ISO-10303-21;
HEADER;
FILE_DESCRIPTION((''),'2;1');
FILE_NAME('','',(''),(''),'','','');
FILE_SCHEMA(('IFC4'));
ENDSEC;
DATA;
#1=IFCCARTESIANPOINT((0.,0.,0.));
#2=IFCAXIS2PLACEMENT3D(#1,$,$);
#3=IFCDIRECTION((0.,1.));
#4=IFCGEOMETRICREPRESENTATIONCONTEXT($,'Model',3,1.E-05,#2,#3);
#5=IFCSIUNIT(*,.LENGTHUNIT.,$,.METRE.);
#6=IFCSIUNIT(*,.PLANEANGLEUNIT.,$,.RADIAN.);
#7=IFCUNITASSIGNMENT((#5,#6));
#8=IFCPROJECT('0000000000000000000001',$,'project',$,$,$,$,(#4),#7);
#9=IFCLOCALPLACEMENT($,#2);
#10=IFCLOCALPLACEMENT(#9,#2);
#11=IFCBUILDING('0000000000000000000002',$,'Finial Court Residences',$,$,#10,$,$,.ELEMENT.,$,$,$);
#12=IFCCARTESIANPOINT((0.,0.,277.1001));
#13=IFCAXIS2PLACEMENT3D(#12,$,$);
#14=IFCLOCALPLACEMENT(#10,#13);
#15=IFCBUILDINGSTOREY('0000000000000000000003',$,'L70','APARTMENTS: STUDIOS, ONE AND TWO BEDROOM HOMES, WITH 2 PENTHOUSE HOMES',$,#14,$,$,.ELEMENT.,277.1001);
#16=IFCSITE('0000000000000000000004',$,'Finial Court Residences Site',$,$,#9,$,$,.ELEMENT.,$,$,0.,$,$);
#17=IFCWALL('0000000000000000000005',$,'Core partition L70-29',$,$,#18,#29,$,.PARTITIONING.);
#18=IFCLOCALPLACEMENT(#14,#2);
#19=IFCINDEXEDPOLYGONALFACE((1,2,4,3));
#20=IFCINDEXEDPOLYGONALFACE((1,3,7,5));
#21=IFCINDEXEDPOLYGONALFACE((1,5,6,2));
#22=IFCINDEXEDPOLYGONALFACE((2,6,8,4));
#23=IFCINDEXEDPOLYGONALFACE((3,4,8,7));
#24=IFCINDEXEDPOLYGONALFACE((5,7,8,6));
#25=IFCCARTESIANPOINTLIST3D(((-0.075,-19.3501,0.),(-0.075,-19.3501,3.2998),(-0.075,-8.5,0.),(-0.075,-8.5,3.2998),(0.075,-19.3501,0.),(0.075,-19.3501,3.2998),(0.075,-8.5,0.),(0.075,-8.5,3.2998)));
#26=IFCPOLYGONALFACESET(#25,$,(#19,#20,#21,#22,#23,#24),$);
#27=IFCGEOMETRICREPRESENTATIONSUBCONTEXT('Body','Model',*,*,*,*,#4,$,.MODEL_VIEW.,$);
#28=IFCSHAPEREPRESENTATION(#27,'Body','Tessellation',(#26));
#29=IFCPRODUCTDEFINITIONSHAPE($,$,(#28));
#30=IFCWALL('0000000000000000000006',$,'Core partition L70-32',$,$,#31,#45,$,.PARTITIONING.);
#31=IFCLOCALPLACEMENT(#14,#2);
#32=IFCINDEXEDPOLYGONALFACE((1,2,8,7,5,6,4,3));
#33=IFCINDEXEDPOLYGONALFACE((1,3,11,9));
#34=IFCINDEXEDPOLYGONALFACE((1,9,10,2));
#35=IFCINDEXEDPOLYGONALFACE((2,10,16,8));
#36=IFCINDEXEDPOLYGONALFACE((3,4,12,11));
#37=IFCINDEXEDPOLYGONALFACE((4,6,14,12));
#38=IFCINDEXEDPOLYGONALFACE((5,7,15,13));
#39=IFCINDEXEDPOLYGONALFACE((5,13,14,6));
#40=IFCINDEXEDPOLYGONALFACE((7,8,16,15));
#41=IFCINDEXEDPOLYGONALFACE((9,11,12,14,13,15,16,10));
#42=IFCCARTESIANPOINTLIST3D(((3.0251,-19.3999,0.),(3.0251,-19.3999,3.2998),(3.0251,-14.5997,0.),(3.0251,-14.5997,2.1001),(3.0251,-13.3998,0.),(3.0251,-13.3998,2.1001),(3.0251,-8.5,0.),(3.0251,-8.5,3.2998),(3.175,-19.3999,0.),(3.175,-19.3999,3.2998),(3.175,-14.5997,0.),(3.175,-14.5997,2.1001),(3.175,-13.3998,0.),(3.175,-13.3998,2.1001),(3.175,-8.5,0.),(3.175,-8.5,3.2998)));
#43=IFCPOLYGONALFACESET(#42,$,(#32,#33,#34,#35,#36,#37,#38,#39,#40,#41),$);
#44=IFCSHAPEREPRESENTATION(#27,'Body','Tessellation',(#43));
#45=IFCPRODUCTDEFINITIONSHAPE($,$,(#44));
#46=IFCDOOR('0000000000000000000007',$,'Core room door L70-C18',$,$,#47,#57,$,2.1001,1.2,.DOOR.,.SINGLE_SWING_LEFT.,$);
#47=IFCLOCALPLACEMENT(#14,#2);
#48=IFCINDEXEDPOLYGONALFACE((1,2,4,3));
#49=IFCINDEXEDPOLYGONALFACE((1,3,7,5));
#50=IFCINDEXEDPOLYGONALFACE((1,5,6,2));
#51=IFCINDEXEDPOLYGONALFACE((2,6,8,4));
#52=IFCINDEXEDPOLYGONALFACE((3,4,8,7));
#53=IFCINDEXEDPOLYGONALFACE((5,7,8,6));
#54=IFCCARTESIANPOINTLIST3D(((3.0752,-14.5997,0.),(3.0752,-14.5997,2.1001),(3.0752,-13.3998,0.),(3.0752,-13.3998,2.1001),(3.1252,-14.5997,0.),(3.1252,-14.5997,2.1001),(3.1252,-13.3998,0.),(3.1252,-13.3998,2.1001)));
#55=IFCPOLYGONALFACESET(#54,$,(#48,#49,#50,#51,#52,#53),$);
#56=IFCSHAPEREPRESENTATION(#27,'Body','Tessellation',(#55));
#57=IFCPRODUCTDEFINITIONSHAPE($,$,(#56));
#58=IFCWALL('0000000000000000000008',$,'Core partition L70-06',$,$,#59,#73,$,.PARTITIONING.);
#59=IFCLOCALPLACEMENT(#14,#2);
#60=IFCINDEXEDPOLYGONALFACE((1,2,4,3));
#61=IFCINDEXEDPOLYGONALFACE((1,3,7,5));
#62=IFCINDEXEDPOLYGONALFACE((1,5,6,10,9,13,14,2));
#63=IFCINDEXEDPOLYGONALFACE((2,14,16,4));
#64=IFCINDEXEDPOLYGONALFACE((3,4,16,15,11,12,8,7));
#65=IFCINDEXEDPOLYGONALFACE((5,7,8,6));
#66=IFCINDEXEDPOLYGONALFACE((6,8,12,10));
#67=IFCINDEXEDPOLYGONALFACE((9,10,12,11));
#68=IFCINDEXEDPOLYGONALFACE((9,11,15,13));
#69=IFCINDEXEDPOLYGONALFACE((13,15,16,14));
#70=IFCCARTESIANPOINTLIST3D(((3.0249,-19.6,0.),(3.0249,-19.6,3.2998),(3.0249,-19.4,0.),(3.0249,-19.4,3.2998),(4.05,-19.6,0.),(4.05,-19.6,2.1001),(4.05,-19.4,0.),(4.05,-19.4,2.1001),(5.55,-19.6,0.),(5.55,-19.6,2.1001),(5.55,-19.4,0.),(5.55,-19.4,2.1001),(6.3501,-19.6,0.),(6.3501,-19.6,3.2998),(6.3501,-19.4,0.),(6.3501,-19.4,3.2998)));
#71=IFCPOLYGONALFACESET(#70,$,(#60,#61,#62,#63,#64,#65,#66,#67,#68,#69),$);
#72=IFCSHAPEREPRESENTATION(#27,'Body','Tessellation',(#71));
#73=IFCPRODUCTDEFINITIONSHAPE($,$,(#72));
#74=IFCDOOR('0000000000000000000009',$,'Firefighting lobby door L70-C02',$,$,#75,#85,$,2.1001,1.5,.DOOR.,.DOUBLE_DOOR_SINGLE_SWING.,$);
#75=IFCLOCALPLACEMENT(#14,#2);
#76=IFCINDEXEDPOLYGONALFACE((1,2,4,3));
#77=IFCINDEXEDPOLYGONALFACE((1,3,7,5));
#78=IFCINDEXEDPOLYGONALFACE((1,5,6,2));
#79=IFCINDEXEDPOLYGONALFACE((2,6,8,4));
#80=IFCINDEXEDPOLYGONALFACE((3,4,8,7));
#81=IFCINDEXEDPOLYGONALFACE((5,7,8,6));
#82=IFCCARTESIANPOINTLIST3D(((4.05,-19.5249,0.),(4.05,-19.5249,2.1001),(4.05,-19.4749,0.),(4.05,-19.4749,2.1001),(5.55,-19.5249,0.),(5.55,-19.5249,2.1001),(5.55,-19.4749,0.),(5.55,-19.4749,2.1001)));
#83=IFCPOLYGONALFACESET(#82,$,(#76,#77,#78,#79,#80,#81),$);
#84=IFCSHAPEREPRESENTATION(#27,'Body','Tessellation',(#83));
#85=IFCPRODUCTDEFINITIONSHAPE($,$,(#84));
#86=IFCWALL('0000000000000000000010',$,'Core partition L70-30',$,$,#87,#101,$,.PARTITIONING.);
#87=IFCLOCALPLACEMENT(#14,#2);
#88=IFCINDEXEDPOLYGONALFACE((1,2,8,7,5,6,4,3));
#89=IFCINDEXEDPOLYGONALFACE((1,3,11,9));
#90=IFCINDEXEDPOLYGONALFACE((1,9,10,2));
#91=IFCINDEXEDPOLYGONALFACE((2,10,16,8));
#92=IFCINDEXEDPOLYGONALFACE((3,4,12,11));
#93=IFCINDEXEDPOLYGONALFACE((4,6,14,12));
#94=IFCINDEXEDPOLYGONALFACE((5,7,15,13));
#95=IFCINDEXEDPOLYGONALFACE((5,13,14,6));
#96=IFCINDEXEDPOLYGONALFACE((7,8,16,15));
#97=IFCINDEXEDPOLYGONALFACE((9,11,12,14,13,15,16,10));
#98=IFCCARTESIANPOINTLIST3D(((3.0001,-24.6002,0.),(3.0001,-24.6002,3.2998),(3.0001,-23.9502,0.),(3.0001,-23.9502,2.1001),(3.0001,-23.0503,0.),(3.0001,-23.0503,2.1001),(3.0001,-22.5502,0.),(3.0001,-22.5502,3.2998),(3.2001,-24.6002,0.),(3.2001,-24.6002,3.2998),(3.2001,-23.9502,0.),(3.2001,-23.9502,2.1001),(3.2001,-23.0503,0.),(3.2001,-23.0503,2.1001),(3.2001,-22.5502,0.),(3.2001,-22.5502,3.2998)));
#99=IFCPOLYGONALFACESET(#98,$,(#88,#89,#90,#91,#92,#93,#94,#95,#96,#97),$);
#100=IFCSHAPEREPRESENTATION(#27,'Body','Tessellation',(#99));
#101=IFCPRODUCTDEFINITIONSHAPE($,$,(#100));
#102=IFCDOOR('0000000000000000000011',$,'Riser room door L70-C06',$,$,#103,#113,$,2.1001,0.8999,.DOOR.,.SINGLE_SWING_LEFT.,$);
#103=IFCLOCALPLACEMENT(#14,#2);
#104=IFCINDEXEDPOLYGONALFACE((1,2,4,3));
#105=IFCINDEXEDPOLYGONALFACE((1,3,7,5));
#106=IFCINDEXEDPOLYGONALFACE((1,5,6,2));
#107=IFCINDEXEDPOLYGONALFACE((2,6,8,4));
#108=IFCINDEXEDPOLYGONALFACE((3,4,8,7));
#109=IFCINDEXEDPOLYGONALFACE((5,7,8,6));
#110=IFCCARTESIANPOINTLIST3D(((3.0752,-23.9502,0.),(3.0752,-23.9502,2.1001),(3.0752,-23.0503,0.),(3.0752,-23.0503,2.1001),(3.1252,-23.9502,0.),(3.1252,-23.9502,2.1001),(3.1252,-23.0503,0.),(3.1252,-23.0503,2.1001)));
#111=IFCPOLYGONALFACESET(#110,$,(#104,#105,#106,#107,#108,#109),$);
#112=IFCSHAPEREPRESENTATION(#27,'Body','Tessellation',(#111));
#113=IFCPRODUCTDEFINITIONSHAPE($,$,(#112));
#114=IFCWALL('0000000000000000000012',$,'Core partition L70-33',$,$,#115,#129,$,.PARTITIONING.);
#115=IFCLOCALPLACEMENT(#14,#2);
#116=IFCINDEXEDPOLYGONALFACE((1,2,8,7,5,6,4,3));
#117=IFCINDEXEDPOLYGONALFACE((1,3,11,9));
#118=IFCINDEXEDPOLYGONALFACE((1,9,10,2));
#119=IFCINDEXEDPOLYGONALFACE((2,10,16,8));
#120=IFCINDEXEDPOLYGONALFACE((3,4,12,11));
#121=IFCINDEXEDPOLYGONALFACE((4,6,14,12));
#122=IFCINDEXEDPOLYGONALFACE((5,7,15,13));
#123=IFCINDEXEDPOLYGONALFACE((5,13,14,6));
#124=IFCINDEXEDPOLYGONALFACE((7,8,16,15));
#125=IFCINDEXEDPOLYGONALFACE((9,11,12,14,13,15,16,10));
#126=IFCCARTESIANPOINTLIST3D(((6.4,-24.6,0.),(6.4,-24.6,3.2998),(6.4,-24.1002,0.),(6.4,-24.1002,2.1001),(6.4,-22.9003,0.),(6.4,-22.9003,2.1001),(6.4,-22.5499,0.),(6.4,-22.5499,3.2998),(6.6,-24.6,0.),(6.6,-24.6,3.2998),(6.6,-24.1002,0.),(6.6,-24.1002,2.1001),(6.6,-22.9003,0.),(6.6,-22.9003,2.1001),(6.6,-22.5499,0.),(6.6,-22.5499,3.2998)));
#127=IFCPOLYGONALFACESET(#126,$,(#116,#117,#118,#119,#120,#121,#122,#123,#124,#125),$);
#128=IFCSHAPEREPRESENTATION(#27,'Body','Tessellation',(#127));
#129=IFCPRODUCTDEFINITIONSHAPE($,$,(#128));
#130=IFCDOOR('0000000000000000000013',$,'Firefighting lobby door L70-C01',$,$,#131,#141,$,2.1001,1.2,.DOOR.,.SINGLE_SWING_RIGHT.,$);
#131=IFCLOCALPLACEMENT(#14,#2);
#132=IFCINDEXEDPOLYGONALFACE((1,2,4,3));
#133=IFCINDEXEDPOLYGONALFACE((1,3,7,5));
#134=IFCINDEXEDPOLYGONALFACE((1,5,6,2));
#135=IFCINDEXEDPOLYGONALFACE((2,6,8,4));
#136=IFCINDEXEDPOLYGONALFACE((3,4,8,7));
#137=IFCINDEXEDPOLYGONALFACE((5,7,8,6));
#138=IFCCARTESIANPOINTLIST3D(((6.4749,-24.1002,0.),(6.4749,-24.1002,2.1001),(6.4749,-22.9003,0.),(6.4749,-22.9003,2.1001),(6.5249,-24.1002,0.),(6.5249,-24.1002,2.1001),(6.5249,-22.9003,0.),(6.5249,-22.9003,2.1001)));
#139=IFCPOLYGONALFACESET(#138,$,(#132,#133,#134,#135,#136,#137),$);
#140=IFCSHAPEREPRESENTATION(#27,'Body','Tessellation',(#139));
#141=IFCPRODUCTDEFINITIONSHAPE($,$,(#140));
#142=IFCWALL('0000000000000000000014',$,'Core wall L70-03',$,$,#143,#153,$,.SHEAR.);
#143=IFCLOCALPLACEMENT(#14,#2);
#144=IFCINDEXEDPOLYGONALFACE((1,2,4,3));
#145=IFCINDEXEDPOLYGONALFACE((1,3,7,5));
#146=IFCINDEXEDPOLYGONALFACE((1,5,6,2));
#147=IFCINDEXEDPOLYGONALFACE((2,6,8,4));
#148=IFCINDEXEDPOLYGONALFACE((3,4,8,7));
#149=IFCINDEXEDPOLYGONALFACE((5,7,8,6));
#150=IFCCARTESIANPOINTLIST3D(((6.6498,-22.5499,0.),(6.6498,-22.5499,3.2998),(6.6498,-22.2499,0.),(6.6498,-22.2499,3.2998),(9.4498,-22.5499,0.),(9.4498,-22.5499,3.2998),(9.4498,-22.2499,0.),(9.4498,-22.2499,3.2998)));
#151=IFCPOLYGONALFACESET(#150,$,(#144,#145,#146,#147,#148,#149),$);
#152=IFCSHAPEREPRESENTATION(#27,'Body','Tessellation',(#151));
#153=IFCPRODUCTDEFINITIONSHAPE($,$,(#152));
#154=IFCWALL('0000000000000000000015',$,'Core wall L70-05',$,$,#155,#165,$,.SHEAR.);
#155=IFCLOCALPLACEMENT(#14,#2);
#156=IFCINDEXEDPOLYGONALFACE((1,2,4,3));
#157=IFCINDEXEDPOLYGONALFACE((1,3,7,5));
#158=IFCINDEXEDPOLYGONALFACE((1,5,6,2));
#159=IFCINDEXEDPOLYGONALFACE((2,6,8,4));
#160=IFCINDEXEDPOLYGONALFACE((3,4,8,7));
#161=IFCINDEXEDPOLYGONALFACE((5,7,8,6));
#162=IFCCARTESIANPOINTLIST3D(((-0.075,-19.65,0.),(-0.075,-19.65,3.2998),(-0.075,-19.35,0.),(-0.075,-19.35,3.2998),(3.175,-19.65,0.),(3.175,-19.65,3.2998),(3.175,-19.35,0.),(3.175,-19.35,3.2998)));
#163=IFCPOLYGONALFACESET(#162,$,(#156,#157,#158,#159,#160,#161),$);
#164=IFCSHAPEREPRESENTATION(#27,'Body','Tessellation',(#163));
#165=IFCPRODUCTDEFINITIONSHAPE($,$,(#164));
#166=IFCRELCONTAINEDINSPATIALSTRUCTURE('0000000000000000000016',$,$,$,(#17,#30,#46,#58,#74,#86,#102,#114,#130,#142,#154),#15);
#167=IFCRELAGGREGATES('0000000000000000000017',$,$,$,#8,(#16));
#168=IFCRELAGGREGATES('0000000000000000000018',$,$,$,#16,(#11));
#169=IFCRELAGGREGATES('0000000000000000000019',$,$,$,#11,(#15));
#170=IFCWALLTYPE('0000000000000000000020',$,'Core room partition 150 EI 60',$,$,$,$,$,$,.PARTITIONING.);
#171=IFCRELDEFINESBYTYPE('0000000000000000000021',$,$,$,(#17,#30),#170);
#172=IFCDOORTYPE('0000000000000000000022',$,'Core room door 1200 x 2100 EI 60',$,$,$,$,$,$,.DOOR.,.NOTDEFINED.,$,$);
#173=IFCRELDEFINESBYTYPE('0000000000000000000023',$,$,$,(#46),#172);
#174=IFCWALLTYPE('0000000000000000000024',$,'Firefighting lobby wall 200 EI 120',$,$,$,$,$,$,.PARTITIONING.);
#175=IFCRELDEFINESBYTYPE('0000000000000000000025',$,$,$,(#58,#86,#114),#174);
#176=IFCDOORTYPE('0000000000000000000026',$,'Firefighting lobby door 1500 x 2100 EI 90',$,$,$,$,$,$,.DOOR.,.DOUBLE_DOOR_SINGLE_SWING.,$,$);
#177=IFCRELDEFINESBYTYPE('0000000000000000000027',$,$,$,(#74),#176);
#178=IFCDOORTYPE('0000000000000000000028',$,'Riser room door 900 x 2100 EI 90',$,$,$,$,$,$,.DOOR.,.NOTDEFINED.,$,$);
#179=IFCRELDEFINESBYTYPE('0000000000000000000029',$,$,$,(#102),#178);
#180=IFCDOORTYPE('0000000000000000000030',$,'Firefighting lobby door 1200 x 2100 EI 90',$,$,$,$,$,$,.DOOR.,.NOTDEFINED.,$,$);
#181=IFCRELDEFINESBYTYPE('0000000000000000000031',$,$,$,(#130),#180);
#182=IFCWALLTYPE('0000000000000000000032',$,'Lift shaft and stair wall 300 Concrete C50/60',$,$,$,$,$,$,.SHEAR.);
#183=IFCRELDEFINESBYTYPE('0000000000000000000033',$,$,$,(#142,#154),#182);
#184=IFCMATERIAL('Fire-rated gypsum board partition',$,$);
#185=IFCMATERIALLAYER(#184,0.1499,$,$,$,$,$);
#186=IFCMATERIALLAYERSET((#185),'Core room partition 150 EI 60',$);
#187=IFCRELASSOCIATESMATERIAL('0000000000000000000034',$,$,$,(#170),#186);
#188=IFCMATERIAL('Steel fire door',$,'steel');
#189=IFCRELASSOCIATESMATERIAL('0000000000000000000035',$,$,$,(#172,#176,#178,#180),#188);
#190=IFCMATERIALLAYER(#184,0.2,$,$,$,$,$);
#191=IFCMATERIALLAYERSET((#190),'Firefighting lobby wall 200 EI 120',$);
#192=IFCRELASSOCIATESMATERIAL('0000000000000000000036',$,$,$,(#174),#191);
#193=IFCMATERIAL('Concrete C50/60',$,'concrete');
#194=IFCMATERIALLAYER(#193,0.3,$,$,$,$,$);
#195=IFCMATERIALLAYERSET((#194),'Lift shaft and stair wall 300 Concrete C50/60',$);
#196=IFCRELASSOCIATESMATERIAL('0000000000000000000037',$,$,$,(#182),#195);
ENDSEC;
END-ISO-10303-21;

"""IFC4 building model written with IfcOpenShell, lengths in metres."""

from ifc_helpers import new_model, si_unit, direction, frame, frame_2d, origin, place, context, subcontext, project, spatial, rectangle, extrude, material, layer, layer_set, type_object, element, fill, save


model = new_model("IFC4")

# Units and contexts
model_context = context("Model", 3, precision=1e-05, world=origin(), true_north=direction((0.0, 1.0)))
body_context = subcontext(model_context, "Body", "Model", "MODEL_VIEW")
ifc_project = project(units=[si_unit("LENGTHUNIT", "METRE"), si_unit("PLANEANGLEUNIT", "RADIAN")], contexts=[model_context])

# Site, building, storey
site_placement = place(None, origin())
site = spatial("IfcSite", under=ifc_project, at=site_placement, Name="Finial Court Residences Site", CompositionType="ELEMENT", RefElevation=0.0)
building_placement = place(site_placement, origin())
building = spatial("IfcBuilding", under=site, at=building_placement, Name="Finial Court Residences", CompositionType="ELEMENT")
storey_placement = place(building_placement, frame((0.0, 0.0, 277.1001)))
storey = spatial("IfcBuildingStorey", under=building, at=storey_placement, Name="L70", Description="APARTMENTS: STUDIOS, ONE AND TWO BEDROOM HOMES, WITH 2 PENTHOUSE HOMES", CompositionType="ELEMENT", Elevation=277.1001)

# Wall
ifc_material_1 = material(Name="Fire-rated gypsum board partition")
ifc_layer_1 = layer(ifc_material_1, 0.1499)
ifc_layer_set_1 = layer_set([ifc_layer_1], Name="Core room partition 150 EI 60")
wall_type_1 = type_object("IfcWallType", Name="Core room partition 150 EI 60", PredefinedType="PARTITIONING", material=ifc_layer_set_1)
wall_1_placement = place(storey_placement, frame((0.0, -19.3501, 0.0), z_axis=(0.0, 0.0, 1.0), x_axis=(0.0, 1.0, 0.0)))
element("IfcWall", 1, at=wall_1_placement, inside=storey, type_object=wall_type_1, Name="Core partition L70-29", PredefinedType="PARTITIONING", context=body_context, shape_type="SweptSolid", body=[
    extrude(rectangle(XDim=10.8501, YDim=0.1499, at=frame_2d((5.425, 0.0))), origin(), (0.0, 0.0, 1.0), 3.2998),
])

# Walls, openings, doors
wall_2_placement = place(storey_placement, frame((3.1001, -19.3999, 0.0), z_axis=(0.0, 0.0, 1.0), x_axis=(0.0, 1.0, 0.0)))
wall_2 = element("IfcWall", 2, at=wall_2_placement, inside=storey, type_object=wall_type_1, Name="Core partition L70-32", PredefinedType="PARTITIONING", context=body_context, shape_type="SweptSolid", body=[
    extrude(rectangle(XDim=10.8999, YDim=0.1499, at=frame_2d((5.45, 0.0))), origin(), (0.0, 0.0, 1.0), 3.2998),
])
opening_1_placement = place(wall_2_placement, frame((4.8, 0.0, 0.0)))
opening_1 = element("IfcOpeningElement", 3, at=opening_1_placement, cuts=wall_2, PredefinedType="OPENING", context=body_context, shape_type="SweptSolid", body=[
    extrude(rectangle(XDim=1.2, YDim=2.1001, at=frame_2d((0.6001, 1.05))), frame((0.0, 0.085, 0.0), z_axis=(0.0, -1.0, 0.0), x_axis=(1.0, 0.0, 0.0)), (0.0, 0.0, 1.0), 0.1699),
])
ifc_material_2 = material(Name="Steel fire door", Category="steel")
door_type_1 = type_object("IfcDoorType", Name="Core room door 1200 x 2100 EI 60", OperationType="NOTDEFINED", PredefinedType="DOOR", material=ifc_material_2)
door_1_placement = place(opening_1_placement, origin())
door_1 = element("IfcDoor", 4, at=door_1_placement, inside=storey, type_object=door_type_1, Name="Core room door L70-C18", OperationType="SINGLE_SWING_LEFT", OverallHeight=2.1001, OverallWidth=1.2, PredefinedType="DOOR", context=body_context, shape_type="SweptSolid", body=[
    extrude(rectangle(XDim=1.2, YDim=2.1001, at=frame_2d((0.6001, 1.05))), frame((0.0, 0.0249, 0.0), z_axis=(0.0, -1.0, 0.0), x_axis=(1.0, 0.0, 0.0)), (0.0, 0.0, 1.0), 0.05),
])
fill(opening_1, door_1)
ifc_layer_2 = layer(ifc_material_1, 0.2)
ifc_layer_set_2 = layer_set([ifc_layer_2], Name="Firefighting lobby wall 200 EI 120")
wall_type_2 = type_object("IfcWallType", Name="Firefighting lobby wall 200 EI 120", PredefinedType="PARTITIONING", material=ifc_layer_set_2)
wall_3_placement = place(storey_placement, frame((6.3501, -19.5, 0.0), z_axis=(0.0, 0.0, 1.0), x_axis=(-1.0, 0.0, 0.0)))
wall_3 = element("IfcWall", 5, at=wall_3_placement, inside=storey, type_object=wall_type_2, Name="Core partition L70-06", PredefinedType="PARTITIONING", context=body_context, shape_type="SweptSolid", body=[
    extrude(rectangle(XDim=3.3252, YDim=0.2, at=frame_2d((1.6626, 0.0))), origin(), (0.0, 0.0, 1.0), 3.2998),
])
opening_2_placement = place(wall_3_placement, frame((0.8, 0.0, 0.0)))
opening_2 = element("IfcOpeningElement", 6, at=opening_2_placement, cuts=wall_3, PredefinedType="OPENING", context=body_context, shape_type="SweptSolid", body=[
    extrude(rectangle(XDim=1.5, YDim=2.1001, at=frame_2d((0.75, 1.05))), frame((0.0, 0.1099, 0.0), z_axis=(0.0, -1.0, 0.0), x_axis=(1.0, 0.0, 0.0)), (0.0, 0.0, 1.0), 0.22),
])
door_type_2 = type_object("IfcDoorType", Name="Firefighting lobby door 1500 x 2100 EI 90", OperationType="DOUBLE_DOOR_SINGLE_SWING", PredefinedType="DOOR", material=ifc_material_2)
door_2_placement = place(opening_2_placement, origin())
door_2 = element("IfcDoor", 7, at=door_2_placement, inside=storey, type_object=door_type_2, Name="Firefighting lobby door L70-C02", OperationType="DOUBLE_DOOR_SINGLE_SWING", OverallHeight=2.1001, OverallWidth=1.5, PredefinedType="DOOR", context=body_context, shape_type="SweptSolid", body=[
    extrude(rectangle(XDim=1.5, YDim=2.1001, at=frame_2d((0.75, 1.05))), frame((0.0, 0.0249, 0.0), z_axis=(0.0, -1.0, 0.0), x_axis=(1.0, 0.0, 0.0)), (0.0, 0.0, 1.0), 0.05),
])
fill(opening_2, door_2)
wall_4_placement = place(storey_placement, frame((3.1001, -24.6001, 0.0), z_axis=(0.0, 0.0, 1.0), x_axis=(0.0, 1.0, 0.0)))
wall_4 = element("IfcWall", 8, at=wall_4_placement, inside=storey, type_object=wall_type_2, Name="Core partition L70-30", PredefinedType="PARTITIONING", context=body_context, shape_type="SweptSolid", body=[
    extrude(rectangle(XDim=2.05, YDim=0.2, at=frame_2d((1.0249, 0.0))), origin(), (0.0, 0.0, 1.0), 3.2998),
])
opening_3_placement = place(wall_4_placement, frame((0.6499, 0.0, 0.0)))
opening_3 = element("IfcOpeningElement", 9, at=opening_3_placement, cuts=wall_4, PredefinedType="OPENING", context=body_context, shape_type="SweptSolid", body=[
    extrude(rectangle(XDim=0.8999, YDim=2.1001, at=frame_2d((0.45, 1.05))), frame((0.0, 0.1099, 0.0), z_axis=(0.0, -1.0, 0.0), x_axis=(1.0, 0.0, 0.0)), (0.0, 0.0, 1.0), 0.22),
])
door_type_3 = type_object("IfcDoorType", Name="Riser room door 900 x 2100 EI 90", OperationType="NOTDEFINED", PredefinedType="DOOR", material=ifc_material_2)
door_3_placement = place(opening_3_placement, origin())
door_3 = element("IfcDoor", 10, at=door_3_placement, inside=storey, type_object=door_type_3, Name="Riser room door L70-C06", OperationType="SINGLE_SWING_LEFT", OverallHeight=2.1001, OverallWidth=0.8999, PredefinedType="DOOR", context=body_context, shape_type="SweptSolid", body=[
    extrude(rectangle(XDim=0.8999, YDim=2.1001, at=frame_2d((0.45, 1.05))), frame((0.0, 0.0249, 0.0), z_axis=(0.0, -1.0, 0.0), x_axis=(1.0, 0.0, 0.0)), (0.0, 0.0, 1.0), 0.05),
])
fill(opening_3, door_3)
wall_5_placement = place(storey_placement, frame((6.5, -22.55, 0.0), z_axis=(0.0, 0.0, 1.0), x_axis=(0.0, -1.0, 0.0)))
wall_5 = element("IfcWall", 11, at=wall_5_placement, inside=storey, type_object=wall_type_2, Name="Core partition L70-33", PredefinedType="PARTITIONING", context=body_context, shape_type="SweptSolid", body=[
    extrude(rectangle(XDim=2.05, YDim=0.2, at=frame_2d((1.0249, 0.0))), origin(), (0.0, 0.0, 1.0), 3.2998),
])
opening_4_placement = place(wall_5_placement, frame((0.3501, 0.0, 0.0)))
opening_4 = element("IfcOpeningElement", 12, at=opening_4_placement, cuts=wall_5, PredefinedType="OPENING", context=body_context, shape_type="SweptSolid", body=[
    extrude(rectangle(XDim=1.2, YDim=2.1001, at=frame_2d((0.6001, 1.05))), frame((0.0, 0.1099, 0.0), z_axis=(0.0, -1.0, 0.0), x_axis=(1.0, 0.0, 0.0)), (0.0, 0.0, 1.0), 0.22),
])
door_type_4 = type_object("IfcDoorType", Name="Firefighting lobby door 1200 x 2100 EI 90", OperationType="NOTDEFINED", PredefinedType="DOOR", material=ifc_material_2)
door_4_placement = place(opening_4_placement, origin())
door_4 = element("IfcDoor", 13, at=door_4_placement, inside=storey, type_object=door_type_4, Name="Firefighting lobby door L70-C01", OperationType="SINGLE_SWING_RIGHT", OverallHeight=2.1001, OverallWidth=1.2, PredefinedType="DOOR", context=body_context, shape_type="SweptSolid", body=[
    extrude(rectangle(XDim=1.2, YDim=2.1001, at=frame_2d((0.6001, 1.05))), frame((0.0, 0.0249, 0.0), z_axis=(0.0, -1.0, 0.0), x_axis=(1.0, 0.0, 0.0)), (0.0, 0.0, 1.0), 0.05),
])
fill(opening_4, door_4)

# Walls
ifc_material_3 = material(Name="Concrete C50/60", Category="concrete")
ifc_layer_3 = layer(ifc_material_3, 0.3)
ifc_layer_set_3 = layer_set([ifc_layer_3], Name="Lift shaft and stair wall 300 Concrete C50/60")
wall_type_3 = type_object("IfcWallType", Name="Lift shaft and stair wall 300 Concrete C50/60", PredefinedType="SHEAR", material=ifc_layer_set_3)
wall_6_placement = place(storey_placement, frame((6.6499, -22.3999, 0.0), z_axis=(0.0, 0.0, 1.0), x_axis=(1.0, 0.0, 0.0)))
element("IfcWall", 14, at=wall_6_placement, inside=storey, type_object=wall_type_3, Name="Core wall L70-03", PredefinedType="SHEAR", context=body_context, shape_type="SweptSolid", body=[
    extrude(rectangle(XDim=2.8, YDim=0.3, at=frame_2d((1.3999, 0.0))), origin(), (0.0, 0.0, 1.0), 3.2998),
])
wall_7_placement = place(storey_placement, frame((-0.075, -19.5, 0.0), z_axis=(0.0, 0.0, 1.0), x_axis=(1.0, 0.0, 0.0)))
element("IfcWall", 15, at=wall_7_placement, inside=storey, type_object=wall_type_3, Name="Core wall L70-05", PredefinedType="SHEAR", context=body_context, shape_type="SweptSolid", body=[
    extrude(rectangle(XDim=3.25, YDim=0.3, at=frame_2d((1.625, 0.0))), origin(), (0.0, 0.0, 1.0), 3.2998),
])

save(model, "model.ifc")
